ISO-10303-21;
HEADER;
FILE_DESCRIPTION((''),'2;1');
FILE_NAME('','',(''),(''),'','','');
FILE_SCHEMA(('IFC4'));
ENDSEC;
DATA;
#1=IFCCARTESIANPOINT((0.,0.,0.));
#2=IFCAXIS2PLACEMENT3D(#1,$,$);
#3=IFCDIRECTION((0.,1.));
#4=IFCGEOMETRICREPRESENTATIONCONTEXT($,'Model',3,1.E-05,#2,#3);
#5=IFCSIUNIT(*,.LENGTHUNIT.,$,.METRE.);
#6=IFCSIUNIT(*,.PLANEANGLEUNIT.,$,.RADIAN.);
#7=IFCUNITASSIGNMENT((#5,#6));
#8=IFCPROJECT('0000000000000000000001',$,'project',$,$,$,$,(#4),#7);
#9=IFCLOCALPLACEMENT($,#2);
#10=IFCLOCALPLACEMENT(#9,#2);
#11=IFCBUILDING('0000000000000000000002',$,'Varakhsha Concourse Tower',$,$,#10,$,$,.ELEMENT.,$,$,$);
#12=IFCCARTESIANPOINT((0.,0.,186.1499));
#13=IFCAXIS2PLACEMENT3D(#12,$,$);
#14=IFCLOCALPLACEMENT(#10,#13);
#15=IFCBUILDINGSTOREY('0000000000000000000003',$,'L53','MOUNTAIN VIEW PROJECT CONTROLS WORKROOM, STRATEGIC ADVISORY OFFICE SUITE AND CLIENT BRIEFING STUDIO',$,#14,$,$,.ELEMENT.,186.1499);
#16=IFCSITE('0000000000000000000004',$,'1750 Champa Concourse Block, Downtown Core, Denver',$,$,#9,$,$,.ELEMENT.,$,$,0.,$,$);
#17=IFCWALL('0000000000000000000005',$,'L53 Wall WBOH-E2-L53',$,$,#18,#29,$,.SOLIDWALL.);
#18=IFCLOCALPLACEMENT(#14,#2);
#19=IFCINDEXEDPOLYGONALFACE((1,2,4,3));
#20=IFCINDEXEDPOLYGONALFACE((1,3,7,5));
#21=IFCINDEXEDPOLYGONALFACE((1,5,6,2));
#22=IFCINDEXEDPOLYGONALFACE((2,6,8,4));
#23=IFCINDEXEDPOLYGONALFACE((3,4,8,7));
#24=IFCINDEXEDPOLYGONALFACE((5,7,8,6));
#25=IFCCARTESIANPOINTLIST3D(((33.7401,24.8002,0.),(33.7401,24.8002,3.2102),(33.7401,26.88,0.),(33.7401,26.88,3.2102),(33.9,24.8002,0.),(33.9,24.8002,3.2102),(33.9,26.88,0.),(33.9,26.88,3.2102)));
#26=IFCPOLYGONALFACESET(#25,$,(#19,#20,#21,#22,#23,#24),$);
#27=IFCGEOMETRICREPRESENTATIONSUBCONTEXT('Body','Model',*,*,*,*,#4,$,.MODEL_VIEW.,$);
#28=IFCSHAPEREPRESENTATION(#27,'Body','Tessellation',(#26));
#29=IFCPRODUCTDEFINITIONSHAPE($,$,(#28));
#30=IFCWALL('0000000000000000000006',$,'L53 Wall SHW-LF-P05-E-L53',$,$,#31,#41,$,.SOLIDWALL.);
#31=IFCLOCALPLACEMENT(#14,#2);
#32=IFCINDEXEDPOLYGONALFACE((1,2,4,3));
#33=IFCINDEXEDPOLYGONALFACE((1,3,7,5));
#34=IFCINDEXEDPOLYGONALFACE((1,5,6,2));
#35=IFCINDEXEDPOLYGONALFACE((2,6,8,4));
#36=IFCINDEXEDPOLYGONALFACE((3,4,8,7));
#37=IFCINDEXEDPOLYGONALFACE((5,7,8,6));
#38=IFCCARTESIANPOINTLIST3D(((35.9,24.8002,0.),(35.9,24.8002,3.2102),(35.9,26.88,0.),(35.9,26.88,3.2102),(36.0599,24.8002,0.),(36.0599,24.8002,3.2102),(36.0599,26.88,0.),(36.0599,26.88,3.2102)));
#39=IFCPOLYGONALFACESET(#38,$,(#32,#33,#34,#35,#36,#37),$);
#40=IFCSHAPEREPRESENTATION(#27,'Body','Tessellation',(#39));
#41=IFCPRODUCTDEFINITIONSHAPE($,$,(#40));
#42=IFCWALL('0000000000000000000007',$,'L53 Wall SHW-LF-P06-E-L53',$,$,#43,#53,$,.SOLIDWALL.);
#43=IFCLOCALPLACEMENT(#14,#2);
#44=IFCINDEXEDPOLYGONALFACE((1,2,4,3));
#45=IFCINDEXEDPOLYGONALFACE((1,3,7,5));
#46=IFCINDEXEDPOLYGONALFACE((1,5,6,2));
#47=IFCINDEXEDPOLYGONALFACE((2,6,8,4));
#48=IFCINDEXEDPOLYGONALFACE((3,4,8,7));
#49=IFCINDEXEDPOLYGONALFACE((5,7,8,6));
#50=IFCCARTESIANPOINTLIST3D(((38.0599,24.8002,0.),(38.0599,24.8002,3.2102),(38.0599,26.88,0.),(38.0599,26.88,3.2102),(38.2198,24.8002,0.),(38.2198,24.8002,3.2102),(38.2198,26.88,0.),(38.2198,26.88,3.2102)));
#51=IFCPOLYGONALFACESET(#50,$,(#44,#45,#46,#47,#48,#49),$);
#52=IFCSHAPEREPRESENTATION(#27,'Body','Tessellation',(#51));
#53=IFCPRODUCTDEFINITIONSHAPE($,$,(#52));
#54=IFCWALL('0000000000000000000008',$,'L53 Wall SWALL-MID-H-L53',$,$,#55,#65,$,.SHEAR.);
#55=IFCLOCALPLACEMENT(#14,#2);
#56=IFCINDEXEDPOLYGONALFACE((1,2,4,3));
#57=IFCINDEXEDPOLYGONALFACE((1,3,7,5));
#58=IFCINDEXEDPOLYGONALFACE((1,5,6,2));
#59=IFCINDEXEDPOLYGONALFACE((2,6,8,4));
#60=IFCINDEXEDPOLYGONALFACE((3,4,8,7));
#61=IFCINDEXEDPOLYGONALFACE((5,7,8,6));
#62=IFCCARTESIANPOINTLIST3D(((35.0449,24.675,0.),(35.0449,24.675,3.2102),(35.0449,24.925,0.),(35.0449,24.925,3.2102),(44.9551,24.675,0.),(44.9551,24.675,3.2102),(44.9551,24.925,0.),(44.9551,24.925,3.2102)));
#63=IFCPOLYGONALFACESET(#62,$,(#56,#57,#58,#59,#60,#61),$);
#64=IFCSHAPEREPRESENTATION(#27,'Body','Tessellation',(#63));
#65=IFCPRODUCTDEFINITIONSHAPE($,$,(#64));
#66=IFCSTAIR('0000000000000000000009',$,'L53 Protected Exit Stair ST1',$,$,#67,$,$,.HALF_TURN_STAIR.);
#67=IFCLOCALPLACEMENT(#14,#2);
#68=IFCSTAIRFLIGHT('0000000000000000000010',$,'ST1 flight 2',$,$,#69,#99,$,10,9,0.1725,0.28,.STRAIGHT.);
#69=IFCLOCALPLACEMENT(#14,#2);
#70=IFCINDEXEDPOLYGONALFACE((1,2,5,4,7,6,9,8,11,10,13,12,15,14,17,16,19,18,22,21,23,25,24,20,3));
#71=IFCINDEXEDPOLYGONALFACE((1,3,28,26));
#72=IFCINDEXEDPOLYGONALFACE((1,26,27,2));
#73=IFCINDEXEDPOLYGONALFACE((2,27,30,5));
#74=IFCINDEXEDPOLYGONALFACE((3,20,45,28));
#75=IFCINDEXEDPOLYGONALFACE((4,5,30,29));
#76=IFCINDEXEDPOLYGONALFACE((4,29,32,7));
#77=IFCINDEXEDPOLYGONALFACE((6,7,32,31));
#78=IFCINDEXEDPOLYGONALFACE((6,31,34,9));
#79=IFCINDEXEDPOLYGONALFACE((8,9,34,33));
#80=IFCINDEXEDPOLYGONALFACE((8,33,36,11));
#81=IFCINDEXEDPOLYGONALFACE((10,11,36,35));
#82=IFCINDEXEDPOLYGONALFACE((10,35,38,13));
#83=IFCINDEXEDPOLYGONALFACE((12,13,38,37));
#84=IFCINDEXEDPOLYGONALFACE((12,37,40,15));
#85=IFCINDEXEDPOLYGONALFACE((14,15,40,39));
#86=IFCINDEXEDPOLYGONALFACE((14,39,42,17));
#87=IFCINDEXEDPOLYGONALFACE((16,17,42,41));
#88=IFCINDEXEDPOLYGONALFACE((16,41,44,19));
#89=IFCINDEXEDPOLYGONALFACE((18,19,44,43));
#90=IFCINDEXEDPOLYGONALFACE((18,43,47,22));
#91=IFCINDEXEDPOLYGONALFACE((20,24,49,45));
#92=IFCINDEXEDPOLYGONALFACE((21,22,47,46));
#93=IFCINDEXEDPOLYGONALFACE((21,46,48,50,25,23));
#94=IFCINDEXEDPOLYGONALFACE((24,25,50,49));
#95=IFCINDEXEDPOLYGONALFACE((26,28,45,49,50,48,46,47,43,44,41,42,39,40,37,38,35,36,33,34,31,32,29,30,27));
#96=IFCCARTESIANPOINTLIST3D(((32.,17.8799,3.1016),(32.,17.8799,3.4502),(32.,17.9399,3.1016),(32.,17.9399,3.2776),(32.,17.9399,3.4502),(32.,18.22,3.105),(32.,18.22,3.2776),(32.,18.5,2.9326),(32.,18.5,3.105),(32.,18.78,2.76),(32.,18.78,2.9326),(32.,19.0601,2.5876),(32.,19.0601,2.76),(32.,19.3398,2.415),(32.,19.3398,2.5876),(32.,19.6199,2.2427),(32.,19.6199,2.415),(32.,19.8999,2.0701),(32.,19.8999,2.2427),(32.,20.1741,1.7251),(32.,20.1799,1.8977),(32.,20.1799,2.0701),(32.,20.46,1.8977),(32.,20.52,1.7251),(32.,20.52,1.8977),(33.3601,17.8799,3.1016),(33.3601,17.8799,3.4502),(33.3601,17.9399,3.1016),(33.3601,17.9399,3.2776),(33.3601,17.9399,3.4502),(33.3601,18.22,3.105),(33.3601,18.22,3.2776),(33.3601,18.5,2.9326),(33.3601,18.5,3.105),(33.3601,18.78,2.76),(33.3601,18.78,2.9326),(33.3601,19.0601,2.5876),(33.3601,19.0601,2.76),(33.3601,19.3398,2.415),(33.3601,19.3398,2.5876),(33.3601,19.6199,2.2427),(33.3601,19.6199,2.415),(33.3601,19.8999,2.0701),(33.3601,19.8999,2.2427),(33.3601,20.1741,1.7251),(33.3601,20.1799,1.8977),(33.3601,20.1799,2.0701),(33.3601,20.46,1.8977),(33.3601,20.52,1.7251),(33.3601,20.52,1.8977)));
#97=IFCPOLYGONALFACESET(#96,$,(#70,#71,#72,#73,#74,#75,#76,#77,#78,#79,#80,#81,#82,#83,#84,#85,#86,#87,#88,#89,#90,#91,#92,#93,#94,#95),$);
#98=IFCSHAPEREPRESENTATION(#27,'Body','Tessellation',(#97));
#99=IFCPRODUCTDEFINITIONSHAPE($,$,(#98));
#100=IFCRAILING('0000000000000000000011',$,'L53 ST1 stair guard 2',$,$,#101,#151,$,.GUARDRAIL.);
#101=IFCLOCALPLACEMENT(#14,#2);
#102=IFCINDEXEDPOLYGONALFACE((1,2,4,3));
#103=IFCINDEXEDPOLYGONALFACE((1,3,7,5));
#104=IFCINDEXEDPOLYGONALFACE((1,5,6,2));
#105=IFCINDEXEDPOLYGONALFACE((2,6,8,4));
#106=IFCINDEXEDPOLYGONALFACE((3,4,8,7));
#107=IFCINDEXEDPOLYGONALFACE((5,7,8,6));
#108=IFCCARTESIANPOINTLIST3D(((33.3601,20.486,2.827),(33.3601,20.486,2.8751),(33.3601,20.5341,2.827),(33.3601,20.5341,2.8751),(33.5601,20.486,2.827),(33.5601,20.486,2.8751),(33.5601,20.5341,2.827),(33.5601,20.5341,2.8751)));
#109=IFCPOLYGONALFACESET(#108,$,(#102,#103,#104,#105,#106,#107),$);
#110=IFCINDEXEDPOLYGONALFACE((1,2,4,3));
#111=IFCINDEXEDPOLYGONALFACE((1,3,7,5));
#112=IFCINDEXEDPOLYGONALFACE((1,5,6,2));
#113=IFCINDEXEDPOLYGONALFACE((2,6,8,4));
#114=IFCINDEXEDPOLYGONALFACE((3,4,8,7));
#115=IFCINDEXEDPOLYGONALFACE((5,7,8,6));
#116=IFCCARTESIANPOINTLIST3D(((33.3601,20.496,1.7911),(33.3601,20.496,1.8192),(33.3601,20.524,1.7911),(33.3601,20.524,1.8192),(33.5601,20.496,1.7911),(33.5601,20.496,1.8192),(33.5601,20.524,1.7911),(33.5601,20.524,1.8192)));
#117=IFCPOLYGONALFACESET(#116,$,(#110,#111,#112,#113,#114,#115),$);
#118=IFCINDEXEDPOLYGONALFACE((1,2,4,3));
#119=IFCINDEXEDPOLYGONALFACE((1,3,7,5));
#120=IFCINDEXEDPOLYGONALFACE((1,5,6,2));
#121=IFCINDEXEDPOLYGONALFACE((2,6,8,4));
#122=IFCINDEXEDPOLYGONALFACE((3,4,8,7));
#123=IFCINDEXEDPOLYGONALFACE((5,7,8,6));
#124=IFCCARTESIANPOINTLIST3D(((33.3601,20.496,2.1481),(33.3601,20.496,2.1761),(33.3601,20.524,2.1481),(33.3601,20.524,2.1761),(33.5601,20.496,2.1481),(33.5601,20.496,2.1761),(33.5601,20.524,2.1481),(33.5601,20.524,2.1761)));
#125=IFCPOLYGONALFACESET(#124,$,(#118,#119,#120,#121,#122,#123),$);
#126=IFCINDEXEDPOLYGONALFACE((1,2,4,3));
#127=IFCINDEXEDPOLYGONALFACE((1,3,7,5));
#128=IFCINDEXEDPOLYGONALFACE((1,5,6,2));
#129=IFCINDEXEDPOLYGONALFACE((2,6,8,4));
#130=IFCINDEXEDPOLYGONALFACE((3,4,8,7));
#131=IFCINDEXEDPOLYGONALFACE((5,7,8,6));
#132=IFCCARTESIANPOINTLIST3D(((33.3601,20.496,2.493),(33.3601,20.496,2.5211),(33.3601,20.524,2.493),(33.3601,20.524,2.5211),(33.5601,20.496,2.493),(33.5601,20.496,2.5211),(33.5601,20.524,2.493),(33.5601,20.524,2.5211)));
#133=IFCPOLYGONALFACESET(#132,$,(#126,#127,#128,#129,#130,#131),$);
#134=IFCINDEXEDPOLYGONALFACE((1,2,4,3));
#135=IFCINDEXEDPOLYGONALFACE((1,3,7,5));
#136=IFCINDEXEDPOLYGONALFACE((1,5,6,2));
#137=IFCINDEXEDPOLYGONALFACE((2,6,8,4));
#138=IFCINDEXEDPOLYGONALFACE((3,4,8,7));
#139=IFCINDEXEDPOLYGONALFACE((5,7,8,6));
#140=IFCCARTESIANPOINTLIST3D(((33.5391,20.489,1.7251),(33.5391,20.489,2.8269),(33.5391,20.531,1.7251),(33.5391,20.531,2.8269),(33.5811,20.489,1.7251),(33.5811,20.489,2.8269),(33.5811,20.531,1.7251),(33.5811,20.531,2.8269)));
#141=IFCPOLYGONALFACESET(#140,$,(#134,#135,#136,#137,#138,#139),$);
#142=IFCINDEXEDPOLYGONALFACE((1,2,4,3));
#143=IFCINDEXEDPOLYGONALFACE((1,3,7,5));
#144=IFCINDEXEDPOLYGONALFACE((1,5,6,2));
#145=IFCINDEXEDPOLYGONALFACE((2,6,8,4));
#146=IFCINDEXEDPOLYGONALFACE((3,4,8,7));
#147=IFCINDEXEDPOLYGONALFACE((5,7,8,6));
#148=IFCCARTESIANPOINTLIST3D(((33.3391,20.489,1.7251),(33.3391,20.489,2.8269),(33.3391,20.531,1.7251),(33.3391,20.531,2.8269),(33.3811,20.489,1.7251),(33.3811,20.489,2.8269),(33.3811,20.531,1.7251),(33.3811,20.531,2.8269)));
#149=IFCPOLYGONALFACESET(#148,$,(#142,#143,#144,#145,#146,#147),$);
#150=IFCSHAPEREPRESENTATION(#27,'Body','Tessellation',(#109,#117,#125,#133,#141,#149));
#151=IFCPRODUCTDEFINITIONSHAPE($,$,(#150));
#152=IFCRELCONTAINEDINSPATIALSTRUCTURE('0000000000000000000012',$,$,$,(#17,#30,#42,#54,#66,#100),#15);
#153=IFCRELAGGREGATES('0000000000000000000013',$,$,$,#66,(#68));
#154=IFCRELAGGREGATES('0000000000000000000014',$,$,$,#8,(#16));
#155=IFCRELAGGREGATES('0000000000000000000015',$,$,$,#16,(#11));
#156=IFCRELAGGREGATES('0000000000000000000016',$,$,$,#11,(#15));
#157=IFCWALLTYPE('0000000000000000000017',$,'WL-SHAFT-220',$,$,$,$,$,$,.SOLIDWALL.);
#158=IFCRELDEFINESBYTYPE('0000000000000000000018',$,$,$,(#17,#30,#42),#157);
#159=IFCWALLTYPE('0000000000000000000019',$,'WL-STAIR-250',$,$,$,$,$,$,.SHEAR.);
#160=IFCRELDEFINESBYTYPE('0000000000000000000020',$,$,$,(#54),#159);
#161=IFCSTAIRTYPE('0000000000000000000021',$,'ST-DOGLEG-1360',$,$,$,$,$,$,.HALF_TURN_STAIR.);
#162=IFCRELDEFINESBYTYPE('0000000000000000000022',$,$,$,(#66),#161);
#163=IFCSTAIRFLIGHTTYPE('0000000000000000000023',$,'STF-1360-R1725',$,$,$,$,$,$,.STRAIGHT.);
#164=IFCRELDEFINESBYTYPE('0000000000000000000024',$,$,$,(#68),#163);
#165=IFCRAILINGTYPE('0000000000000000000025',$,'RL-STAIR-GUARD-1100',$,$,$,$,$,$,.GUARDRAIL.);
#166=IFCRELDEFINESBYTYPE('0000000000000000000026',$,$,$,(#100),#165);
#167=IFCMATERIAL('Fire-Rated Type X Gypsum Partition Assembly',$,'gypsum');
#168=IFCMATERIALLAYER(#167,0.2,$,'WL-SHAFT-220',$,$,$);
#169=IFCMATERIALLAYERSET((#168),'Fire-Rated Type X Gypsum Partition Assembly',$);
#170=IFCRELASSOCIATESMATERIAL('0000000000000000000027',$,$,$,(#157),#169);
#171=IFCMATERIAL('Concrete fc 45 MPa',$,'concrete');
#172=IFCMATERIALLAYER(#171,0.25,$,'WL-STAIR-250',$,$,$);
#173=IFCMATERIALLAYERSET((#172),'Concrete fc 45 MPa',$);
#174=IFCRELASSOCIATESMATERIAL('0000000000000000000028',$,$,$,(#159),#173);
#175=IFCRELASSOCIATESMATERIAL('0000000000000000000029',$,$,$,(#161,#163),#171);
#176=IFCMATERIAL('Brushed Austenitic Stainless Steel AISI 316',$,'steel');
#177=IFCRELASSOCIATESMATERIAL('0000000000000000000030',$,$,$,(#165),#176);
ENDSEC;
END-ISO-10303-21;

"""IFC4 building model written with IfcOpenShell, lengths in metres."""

from ifc_helpers import new_model, si_unit, direction, frame, frame_2d, origin, origin_2d, place, context, subcontext, project, spatial, polyline, rectangle, outline, extrude, material, layer, layer_set, type_object, element, aggregate, save


model = new_model("IFC4")

# Units and contexts
model_context = context("Model", 3, precision=1e-05, world=origin(), true_north=direction((0.0, 1.0)))
body_context = subcontext(model_context, "Body", "Model", "MODEL_VIEW")
ifc_project = project(units=[si_unit("LENGTHUNIT", "METRE"), si_unit("PLANEANGLEUNIT", "RADIAN")], contexts=[model_context])

# Site, building, storey
site_placement = place(None, origin())
site = spatial("IfcSite", under=ifc_project, at=site_placement, Name="1750 Champa Concourse Block, Downtown Core, Denver", CompositionType="ELEMENT", RefElevation=0.0)
building_placement = place(site_placement, origin())
building = spatial("IfcBuilding", under=site, at=building_placement, Name="Varakhsha Concourse Tower", CompositionType="ELEMENT")
storey_placement = place(building_placement, frame((0.0, 0.0, 186.1499)))
storey = spatial("IfcBuildingStorey", under=building, at=storey_placement, Name="L53", Description="MOUNTAIN VIEW PROJECT CONTROLS WORKROOM, STRATEGIC ADVISORY OFFICE SUITE AND CLIENT BRIEFING STUDIO", CompositionType="ELEMENT", Elevation=186.1499)

# Shared definitions
ifc_material_1 = material(Name="Fire-Rated Type X Gypsum Partition Assembly", Category="gypsum")

# Shared definitions
ifc_layer_1 = layer(ifc_material_1, 0.2, Name="WL-SHAFT-220")
ifc_layer_set_1 = layer_set([ifc_layer_1], Name="Fire-Rated Type X Gypsum Partition Assembly")
wall_type_1 = type_object("IfcWallType", Name="WL-SHAFT-220", PredefinedType="SOLIDWALL", material=ifc_layer_set_1)
ifc_material_2 = material(Name="Brushed Austenitic Stainless Steel AISI 316", Category="steel")

# Walls
for number, where, z_axis, x_axis, name in (
    (1, (33.8201, 24.8, 0.0), (0.0, 0.0, 1.0), (0.0, 1.0, 0.0), "L53 Wall WBOH-E2-L53"),
    (2, (35.98, 24.8, 0.0), (0.0, 0.0, 1.0), (0.0, 1.0, 0.0), "L53 Wall SHW-LF-P05-E-L53"),
    (3, (38.1399, 24.8, 0.0), (0.0, 0.0, 1.0), (0.0, 1.0, 0.0), "L53 Wall SHW-LF-P06-E-L53"),
):
    element("IfcWall", number, at=place(storey_placement, frame(where, z_axis=z_axis, x_axis=x_axis)), inside=storey, type_object=wall_type_1, Name=name, PredefinedType="SOLIDWALL", context=body_context, shape_type="SweptSolid", body=[
        extrude(rectangle(XDim=2.0798, YDim=0.1599, at=frame_2d((1.04, 0.0))), origin(), (0.0, 0.0, 1.0), 3.2102),
    ])
ifc_material_3 = material(Name="Concrete fc 45 MPa", Category="concrete")
ifc_layer_2 = layer(ifc_material_3, 0.25, Name="WL-STAIR-250")
ifc_layer_set_2 = layer_set([ifc_layer_2], Name="Concrete fc 45 MPa")
wall_type_2 = type_object("IfcWallType", Name="WL-STAIR-250", PredefinedType="SHEAR", material=ifc_layer_set_2)
wall_1_placement = place(storey_placement, frame((35.0449, 24.8, 0.0), z_axis=(0.0, 0.0, 1.0), x_axis=(1.0, 0.0, 0.0)))
element("IfcWall", 4, at=wall_1_placement, inside=storey, type_object=wall_type_2, Name="L53 Wall SWALL-MID-H-L53", PredefinedType="SHEAR", context=body_context, shape_type="SweptSolid", body=[
    extrude(rectangle(XDim=9.9102, YDim=0.25, at=frame_2d((4.9551, 0.0))), origin(), (0.0, 0.0, 1.0), 3.2102),
])

# Stair, stair flight
stair_type = type_object("IfcStairType", Name="ST-DOGLEG-1360", PredefinedType="HALF_TURN_STAIR", material=ifc_material_3)
stair_placement = place(storey_placement, origin())
stair = element("IfcStair", 5, at=stair_placement, inside=storey, type_object=stair_type, Name="L53 Protected Exit Stair ST1", PredefinedType="HALF_TURN_STAIR")
stair_flight_type = type_object("IfcStairFlightType", Name="STF-1360-R1725", PredefinedType="STRAIGHT", material=ifc_material_3)
stair_flight_placement = place(storey_placement, frame((32.6799, 20.46, 1.7251), z_axis=(0.0, 0.0, 1.0), x_axis=(0.0, -1.0, 0.0)))
stair_flight = element("IfcStairFlight", 6, at=stair_flight_placement, type_object=stair_flight_type, Name="ST1 flight 2", NumberOfRisers=10, NumberOfTreads=9, PredefinedType="STRAIGHT", RiserHeight=0.1725, TreadLength=0.28, context=body_context, shape_type="SweptSolid", body=[
    extrude(outline(polyline([(-0.0601, 0.0), (-0.0601, 0.1726), (0.0, 0.1726), (0.28, 0.1726), (0.28, 0.345), (0.5601, 0.345), (0.5601, 0.5176), (0.8401, 0.5176), (0.8401, 0.6899), (1.1201, 0.6899), (1.1201, 0.8625), (1.3999, 0.8625), (1.3999, 1.0349), (1.6799, 1.0349), (1.6799, 1.2075), (1.96, 1.2075), (1.96, 1.3799), (2.24, 1.3799), (2.24, 1.5525), (2.52, 1.5525), (2.52, 1.7251), (2.5801, 1.7251), (2.5801, 1.3765), (2.52, 1.3765), (0.2859, 0.0), (-0.0601, 0.0)])), frame((0.0, 0.6802, 0.0), z_axis=(0.0, -1.0, 0.0), x_axis=(1.0, 0.0, 0.0)), (0.0, 0.0, 1.0), 1.3601),
])
aggregate(stair, [stair_flight])

# Railing
railing_type_1 = type_object("IfcRailingType", Name="RL-STAIR-GUARD-1100", PredefinedType="GUARDRAIL", material=ifc_material_2)
railing_1_placement = place(storey_placement, frame((33.5601, 20.51, 1.7251)))
element("IfcRailing", 7, at=railing_1_placement, inside=storey, type_object=railing_type_1, Name="L53 ST1 stair guard 2", PredefinedType="GUARDRAIL", context=body_context, shape_type="SweptSolid", body=[
    extrude(rectangle(XDim=0.0481, YDim=0.0481, at=origin_2d()), frame((0.0, 0.0, 1.126), z_axis=(-1.0, 0.0, 0.0), x_axis=(0.0, -1.0, 0.0)), (0.0, 0.0, 1.0), 0.2),
    extrude(rectangle(XDim=0.0281, YDim=0.0281, at=origin_2d()), frame((0.0, 0.0, 0.0801), z_axis=(-1.0, 0.0, 0.0), x_axis=(0.0, -1.0, 0.0)), (0.0, 0.0, 1.0), 0.2),
    extrude(rectangle(XDim=0.0281, YDim=0.0281, at=origin_2d()), frame((0.0, 0.0, 0.437), z_axis=(-1.0, 0.0, 0.0), x_axis=(0.0, -1.0, 0.0)), (0.0, 0.0, 1.0), 0.2),
    extrude(rectangle(XDim=0.0281, YDim=0.0281, at=origin_2d()), frame((0.0, 0.0, 0.782), z_axis=(-1.0, 0.0, 0.0), x_axis=(0.0, -1.0, 0.0)), (0.0, 0.0, 1.0), 0.2),
    extrude(rectangle(XDim=0.042, YDim=0.042, at=origin_2d()), origin(), (0.0, 0.0, 1.0), 1.1018),
    extrude(rectangle(XDim=0.042, YDim=0.042, at=origin_2d()), frame((-0.2, 0.0, 0.0)), (0.0, 0.0, 1.0), 1.1018),
])

save(model, "model.ifc")
